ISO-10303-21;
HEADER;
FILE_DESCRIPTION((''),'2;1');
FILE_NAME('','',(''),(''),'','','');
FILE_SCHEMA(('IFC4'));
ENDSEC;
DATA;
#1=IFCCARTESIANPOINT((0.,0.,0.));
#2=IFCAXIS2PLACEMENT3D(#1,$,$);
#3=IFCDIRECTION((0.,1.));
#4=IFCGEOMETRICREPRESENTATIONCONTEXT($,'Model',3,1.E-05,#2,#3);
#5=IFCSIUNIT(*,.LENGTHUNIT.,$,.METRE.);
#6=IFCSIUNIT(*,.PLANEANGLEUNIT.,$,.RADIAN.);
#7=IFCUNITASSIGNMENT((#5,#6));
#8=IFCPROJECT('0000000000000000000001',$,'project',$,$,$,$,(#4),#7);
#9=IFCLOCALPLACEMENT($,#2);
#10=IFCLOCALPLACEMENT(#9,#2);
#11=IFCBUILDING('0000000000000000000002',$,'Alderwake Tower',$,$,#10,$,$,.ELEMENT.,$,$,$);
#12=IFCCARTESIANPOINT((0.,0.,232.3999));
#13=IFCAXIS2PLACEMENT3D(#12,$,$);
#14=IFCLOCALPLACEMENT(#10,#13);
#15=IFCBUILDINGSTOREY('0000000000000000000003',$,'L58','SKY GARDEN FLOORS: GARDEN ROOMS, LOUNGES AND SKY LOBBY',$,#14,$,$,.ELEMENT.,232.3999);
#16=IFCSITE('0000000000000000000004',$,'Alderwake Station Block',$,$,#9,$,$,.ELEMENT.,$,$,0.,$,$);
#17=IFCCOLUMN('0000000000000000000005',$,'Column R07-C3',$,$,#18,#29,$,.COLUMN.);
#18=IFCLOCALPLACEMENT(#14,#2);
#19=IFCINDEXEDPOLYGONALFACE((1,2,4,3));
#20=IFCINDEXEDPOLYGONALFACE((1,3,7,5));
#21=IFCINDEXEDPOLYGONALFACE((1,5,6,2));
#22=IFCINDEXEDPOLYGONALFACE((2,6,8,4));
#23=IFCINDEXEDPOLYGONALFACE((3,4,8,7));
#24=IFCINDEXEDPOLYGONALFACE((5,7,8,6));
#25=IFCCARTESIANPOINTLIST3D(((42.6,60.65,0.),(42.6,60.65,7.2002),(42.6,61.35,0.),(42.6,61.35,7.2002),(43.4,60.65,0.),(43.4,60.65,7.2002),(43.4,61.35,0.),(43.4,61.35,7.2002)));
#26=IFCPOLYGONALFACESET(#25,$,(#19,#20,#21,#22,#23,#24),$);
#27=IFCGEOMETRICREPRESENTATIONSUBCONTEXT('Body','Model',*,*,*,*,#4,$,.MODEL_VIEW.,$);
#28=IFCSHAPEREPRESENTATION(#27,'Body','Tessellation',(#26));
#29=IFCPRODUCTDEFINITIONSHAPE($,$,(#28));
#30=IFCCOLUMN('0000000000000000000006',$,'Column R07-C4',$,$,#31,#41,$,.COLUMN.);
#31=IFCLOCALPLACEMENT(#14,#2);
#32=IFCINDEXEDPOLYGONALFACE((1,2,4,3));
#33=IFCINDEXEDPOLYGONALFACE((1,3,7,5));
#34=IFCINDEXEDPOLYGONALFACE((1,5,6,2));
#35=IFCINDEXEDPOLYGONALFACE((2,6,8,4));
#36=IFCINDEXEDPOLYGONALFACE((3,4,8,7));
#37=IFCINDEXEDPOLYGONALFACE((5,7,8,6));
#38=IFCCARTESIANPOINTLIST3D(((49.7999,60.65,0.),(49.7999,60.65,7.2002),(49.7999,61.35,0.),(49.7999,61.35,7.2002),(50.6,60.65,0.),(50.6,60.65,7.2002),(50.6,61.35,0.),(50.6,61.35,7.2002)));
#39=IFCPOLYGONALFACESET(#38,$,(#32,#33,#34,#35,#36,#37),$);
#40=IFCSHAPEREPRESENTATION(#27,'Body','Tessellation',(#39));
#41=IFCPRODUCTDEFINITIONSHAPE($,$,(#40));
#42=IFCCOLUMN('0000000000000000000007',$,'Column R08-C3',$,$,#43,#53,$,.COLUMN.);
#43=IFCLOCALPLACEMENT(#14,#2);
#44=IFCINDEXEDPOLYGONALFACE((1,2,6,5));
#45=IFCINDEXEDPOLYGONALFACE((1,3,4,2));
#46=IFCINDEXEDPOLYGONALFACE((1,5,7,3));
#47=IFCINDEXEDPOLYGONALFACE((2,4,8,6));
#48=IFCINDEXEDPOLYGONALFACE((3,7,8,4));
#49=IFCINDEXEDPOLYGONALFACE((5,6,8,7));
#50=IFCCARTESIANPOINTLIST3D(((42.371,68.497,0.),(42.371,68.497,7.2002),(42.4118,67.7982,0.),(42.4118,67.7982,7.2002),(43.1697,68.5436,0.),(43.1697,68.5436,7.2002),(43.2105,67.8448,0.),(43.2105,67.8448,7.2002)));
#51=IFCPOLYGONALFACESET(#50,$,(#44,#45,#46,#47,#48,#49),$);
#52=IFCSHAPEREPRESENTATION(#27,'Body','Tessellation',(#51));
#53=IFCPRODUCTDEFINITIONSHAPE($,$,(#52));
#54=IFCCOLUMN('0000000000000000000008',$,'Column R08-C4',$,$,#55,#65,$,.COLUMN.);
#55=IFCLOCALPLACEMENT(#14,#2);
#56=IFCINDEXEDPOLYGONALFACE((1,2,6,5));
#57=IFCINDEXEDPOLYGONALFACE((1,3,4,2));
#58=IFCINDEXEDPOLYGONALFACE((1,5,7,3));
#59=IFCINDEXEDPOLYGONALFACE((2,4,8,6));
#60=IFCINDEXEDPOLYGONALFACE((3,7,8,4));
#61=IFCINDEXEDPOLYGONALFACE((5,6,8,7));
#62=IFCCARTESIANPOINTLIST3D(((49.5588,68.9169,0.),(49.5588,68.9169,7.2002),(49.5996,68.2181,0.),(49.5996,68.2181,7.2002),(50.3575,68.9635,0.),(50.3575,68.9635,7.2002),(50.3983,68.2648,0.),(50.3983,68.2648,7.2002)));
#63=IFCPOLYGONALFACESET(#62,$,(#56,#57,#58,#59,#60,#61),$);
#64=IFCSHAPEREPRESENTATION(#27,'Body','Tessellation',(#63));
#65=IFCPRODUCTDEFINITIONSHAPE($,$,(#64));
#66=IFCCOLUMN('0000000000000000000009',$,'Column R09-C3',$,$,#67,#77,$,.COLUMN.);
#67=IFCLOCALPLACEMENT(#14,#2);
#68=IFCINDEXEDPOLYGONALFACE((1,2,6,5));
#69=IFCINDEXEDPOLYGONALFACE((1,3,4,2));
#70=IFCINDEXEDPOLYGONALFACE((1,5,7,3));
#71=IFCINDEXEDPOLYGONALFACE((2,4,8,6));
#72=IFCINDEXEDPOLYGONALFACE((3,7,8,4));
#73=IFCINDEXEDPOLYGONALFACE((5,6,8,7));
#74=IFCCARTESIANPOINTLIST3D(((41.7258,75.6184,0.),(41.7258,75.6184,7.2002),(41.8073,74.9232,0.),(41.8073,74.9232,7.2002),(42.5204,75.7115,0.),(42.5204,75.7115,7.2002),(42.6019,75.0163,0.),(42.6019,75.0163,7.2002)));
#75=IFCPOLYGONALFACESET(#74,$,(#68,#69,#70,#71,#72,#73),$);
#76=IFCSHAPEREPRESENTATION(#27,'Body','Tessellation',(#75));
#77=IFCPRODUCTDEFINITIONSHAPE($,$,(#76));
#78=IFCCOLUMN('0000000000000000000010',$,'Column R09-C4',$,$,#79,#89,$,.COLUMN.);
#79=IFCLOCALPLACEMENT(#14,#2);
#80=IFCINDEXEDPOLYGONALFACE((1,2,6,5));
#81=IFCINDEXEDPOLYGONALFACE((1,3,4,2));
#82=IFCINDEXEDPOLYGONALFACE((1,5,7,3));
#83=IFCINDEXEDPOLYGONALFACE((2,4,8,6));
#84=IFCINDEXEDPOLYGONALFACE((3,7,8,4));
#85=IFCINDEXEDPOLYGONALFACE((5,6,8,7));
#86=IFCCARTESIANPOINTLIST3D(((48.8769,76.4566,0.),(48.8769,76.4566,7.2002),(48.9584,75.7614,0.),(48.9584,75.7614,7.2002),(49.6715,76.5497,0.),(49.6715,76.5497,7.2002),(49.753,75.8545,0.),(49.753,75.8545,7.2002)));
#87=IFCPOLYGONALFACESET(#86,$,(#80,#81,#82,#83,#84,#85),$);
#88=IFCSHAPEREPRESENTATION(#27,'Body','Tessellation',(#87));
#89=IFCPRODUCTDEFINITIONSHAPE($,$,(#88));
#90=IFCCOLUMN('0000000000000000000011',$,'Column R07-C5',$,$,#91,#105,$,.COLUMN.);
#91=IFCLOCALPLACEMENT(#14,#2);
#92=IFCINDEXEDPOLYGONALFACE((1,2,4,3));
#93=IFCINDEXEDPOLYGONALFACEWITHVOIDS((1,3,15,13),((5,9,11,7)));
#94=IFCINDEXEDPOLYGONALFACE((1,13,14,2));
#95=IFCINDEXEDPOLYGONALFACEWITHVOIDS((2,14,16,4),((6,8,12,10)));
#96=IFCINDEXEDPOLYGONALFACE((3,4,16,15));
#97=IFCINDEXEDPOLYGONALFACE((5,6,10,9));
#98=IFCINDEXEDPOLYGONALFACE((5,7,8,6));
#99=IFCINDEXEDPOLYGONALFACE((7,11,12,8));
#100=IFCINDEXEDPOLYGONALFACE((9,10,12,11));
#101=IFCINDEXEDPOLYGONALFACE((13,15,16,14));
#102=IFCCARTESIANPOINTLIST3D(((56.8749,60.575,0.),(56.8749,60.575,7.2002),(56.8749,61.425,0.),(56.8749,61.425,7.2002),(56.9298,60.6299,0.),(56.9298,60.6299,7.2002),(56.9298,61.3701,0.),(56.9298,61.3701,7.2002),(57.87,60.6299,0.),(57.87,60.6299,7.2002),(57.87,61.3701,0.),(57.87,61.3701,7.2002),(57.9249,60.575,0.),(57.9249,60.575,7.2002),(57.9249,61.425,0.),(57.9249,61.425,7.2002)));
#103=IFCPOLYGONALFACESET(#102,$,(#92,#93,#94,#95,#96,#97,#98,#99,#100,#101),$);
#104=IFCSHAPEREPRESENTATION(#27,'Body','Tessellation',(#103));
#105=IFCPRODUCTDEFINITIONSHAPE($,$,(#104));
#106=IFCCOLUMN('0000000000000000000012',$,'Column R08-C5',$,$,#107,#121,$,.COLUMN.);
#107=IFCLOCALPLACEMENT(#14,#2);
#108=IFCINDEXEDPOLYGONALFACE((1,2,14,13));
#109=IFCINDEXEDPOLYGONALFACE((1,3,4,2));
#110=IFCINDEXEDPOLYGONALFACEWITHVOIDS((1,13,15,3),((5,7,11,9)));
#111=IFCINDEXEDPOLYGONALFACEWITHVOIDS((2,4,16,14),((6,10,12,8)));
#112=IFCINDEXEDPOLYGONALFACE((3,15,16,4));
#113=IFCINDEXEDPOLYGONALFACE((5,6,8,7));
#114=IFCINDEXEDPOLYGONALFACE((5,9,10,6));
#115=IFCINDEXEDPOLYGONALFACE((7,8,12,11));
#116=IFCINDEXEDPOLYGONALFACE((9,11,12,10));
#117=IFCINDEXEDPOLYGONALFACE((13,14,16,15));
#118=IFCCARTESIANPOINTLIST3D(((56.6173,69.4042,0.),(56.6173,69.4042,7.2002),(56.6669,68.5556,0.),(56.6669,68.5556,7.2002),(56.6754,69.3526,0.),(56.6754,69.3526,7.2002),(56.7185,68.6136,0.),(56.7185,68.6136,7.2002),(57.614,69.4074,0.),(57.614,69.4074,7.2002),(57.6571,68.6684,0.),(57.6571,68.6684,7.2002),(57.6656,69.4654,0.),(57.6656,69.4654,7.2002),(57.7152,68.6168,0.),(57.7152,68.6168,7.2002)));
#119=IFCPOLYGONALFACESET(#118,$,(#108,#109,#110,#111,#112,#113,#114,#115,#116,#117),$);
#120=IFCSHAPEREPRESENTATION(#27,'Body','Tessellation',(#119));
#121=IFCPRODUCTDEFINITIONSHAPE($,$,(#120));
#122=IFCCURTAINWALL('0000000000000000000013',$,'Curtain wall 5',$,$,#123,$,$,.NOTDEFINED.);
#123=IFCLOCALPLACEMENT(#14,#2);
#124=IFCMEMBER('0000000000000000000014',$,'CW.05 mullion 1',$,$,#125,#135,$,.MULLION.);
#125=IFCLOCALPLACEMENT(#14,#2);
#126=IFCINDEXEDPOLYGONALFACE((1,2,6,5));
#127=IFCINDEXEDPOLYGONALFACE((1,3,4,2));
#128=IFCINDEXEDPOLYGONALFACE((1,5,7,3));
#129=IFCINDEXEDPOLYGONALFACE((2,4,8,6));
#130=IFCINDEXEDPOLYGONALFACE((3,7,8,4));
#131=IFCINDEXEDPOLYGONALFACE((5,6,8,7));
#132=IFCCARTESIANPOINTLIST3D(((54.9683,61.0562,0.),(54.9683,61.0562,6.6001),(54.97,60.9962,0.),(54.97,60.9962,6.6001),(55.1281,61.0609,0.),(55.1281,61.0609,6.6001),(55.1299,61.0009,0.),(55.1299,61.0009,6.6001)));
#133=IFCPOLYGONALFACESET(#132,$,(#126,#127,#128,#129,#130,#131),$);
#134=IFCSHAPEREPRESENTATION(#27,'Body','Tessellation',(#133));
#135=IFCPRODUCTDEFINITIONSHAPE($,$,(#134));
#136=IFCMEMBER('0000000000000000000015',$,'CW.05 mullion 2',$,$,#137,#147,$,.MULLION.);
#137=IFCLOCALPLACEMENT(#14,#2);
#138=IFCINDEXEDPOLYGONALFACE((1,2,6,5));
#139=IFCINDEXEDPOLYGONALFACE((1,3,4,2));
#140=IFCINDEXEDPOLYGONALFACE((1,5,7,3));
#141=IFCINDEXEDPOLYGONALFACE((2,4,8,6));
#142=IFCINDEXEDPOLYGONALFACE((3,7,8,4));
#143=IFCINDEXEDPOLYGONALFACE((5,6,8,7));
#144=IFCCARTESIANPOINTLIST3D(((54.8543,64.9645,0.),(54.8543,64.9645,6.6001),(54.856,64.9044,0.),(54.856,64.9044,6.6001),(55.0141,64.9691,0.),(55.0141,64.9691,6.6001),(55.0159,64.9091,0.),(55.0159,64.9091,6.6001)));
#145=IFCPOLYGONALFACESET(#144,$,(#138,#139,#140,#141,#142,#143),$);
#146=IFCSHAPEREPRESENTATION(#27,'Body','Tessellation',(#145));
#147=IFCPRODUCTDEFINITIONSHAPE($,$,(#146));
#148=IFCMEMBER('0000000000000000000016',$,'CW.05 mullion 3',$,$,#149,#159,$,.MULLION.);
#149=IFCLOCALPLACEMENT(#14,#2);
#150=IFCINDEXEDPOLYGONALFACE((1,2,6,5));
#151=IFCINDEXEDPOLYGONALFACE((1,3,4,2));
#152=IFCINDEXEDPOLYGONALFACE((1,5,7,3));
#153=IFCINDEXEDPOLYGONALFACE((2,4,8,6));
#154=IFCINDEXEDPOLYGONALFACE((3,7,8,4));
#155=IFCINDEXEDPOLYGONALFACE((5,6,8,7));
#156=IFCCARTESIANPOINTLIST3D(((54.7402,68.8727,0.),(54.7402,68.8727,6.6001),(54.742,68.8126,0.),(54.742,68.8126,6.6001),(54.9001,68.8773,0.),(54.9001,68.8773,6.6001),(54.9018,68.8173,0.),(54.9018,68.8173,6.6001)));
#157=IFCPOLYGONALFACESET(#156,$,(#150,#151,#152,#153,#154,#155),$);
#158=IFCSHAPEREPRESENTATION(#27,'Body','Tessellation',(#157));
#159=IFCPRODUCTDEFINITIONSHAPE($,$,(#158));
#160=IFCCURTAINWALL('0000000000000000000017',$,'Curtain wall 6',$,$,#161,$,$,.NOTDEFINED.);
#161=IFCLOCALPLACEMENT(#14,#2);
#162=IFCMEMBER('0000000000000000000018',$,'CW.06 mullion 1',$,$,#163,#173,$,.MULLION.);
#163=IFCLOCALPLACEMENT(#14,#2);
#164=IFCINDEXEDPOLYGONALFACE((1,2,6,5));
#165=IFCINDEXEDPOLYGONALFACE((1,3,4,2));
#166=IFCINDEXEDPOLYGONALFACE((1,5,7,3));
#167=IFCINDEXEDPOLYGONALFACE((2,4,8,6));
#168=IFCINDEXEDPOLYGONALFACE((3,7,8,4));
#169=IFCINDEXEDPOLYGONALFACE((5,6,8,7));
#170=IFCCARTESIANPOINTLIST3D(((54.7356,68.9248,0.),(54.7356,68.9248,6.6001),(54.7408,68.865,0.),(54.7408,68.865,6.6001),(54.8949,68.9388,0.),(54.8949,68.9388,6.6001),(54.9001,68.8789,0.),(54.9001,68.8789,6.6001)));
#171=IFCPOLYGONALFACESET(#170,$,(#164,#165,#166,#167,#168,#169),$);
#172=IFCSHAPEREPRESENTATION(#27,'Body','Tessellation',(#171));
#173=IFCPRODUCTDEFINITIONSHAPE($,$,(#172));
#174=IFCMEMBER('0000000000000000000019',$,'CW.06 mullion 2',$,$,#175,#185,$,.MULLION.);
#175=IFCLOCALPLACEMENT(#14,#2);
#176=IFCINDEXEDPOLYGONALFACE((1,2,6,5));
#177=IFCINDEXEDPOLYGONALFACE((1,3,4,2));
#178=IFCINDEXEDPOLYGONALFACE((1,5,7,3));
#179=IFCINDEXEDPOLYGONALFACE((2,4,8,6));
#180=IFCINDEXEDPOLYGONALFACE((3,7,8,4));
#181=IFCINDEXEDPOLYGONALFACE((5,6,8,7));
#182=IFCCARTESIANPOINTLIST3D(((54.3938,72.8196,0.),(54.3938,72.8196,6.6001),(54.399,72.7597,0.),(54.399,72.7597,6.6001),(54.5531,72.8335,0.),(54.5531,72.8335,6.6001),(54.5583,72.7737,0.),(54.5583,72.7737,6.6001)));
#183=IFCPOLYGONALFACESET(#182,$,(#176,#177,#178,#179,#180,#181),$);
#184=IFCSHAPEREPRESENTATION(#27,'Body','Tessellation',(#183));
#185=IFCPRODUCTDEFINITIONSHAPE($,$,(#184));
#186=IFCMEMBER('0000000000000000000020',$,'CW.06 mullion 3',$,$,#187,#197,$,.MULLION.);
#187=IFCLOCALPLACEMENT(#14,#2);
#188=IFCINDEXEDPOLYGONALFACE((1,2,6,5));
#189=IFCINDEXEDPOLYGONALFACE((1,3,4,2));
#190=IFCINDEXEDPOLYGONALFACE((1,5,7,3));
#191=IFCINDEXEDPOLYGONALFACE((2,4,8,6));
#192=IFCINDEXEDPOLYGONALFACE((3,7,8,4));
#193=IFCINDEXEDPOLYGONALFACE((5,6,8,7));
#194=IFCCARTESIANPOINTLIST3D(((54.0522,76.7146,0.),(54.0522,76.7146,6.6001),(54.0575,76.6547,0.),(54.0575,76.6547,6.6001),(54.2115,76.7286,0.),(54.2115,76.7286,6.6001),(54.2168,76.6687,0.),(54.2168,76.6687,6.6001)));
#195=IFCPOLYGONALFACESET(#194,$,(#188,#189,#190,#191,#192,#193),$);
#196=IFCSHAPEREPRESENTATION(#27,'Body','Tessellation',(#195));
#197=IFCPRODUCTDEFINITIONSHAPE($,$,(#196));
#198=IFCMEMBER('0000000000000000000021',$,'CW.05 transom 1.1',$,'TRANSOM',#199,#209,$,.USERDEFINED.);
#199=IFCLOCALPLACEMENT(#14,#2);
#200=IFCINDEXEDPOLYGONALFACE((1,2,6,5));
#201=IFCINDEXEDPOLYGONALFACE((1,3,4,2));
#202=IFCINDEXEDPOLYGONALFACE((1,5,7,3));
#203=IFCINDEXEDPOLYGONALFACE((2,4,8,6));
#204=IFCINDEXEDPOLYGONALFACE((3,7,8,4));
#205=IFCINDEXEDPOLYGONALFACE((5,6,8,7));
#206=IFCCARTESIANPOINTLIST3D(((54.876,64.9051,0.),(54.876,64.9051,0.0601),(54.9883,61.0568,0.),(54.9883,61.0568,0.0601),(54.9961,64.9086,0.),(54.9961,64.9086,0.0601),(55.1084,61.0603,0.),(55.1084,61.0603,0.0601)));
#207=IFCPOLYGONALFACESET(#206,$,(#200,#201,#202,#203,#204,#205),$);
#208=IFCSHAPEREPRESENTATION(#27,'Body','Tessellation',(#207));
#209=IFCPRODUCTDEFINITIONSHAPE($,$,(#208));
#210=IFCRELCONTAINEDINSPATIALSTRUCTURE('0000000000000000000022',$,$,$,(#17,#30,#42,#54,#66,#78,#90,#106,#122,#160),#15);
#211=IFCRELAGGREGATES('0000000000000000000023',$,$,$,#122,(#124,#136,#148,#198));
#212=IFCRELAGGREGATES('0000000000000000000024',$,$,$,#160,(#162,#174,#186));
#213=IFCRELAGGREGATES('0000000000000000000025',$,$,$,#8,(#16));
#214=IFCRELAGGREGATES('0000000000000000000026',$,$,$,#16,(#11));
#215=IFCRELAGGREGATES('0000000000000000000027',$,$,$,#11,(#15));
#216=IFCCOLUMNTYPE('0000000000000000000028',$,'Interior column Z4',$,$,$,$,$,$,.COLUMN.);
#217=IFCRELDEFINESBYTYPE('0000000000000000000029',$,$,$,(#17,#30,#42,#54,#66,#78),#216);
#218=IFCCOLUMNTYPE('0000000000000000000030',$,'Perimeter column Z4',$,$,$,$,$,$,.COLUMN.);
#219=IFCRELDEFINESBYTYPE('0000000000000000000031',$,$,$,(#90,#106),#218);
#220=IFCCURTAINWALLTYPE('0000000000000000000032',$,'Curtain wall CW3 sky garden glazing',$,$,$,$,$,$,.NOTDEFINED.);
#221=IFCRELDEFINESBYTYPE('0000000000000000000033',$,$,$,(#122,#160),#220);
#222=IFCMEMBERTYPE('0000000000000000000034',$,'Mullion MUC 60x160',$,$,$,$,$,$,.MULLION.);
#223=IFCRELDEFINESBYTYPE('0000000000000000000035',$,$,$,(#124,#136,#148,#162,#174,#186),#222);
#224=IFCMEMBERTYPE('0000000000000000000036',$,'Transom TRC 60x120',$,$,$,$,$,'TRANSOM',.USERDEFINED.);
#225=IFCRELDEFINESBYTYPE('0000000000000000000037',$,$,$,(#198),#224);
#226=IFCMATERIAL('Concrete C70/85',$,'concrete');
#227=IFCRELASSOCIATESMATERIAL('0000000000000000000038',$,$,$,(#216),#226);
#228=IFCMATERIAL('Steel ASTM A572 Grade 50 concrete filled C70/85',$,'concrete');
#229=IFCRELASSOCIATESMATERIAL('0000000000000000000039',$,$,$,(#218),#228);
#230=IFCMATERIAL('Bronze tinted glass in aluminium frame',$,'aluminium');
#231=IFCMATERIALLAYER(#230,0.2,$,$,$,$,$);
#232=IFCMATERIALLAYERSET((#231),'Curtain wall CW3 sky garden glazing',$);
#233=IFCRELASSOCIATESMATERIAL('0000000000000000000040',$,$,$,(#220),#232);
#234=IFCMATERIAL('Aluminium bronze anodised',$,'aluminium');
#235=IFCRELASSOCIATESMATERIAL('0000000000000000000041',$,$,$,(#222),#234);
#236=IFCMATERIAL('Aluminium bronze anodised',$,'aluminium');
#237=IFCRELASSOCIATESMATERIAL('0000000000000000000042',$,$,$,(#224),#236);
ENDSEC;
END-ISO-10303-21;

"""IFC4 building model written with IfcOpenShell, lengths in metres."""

from ifc_helpers import new_model, si_unit, direction, frame, origin, origin_2d, place, context, subcontext, project, spatial, rectangle, hollow_rectangle, extrude, material, layer, layer_set, material_profile, profile_set, type_object, element, aggregate, save


model = new_model("IFC4")

# Units and contexts
model_context = context("Model", 3, precision=1e-05, world=origin(), true_north=direction((0.0, 1.0)))
body_context = subcontext(model_context, "Body", "Model", "MODEL_VIEW")
ifc_project = project(units=[si_unit("LENGTHUNIT", "METRE"), si_unit("PLANEANGLEUNIT", "RADIAN")], contexts=[model_context])

# Site, building, storey
site_placement = place(None, origin())
site = spatial("IfcSite", under=ifc_project, at=site_placement, Name="Alderwake Station Block", CompositionType="ELEMENT", RefElevation=0.0)
building_placement = place(site_placement, origin())
building = spatial("IfcBuilding", under=site, at=building_placement, Name="Alderwake Tower", CompositionType="ELEMENT")
storey_placement = place(building_placement, frame((0.0, 0.0, 232.3999)))
storey = spatial("IfcBuildingStorey", under=building, at=storey_placement, Name="L58", Description="SKY GARDEN FLOORS: GARDEN ROOMS, LOUNGES AND SKY LOBBY", CompositionType="ELEMENT", Elevation=232.3999)

# Columns
ifc_material_1 = material(Name="Concrete C70/85", Category="concrete")
ifc_material_profile_1 = material_profile(ifc_material_1, rectangle(XDim=0.7, YDim=0.8, at=origin_2d()), Name="RC 800X700")
ifc_profile_set_1 = profile_set([ifc_material_profile_1], Name="Concrete C70/85")
column_type_1 = type_object("IfcColumnType", Name="Interior column Z4", PredefinedType="COLUMN", material=ifc_profile_set_1)
for number, where, z_axis, x_axis, name in (
    (1, (43.0, 61.0, 0.0), (0.0, 0.0, 1.0), (0.0, 1.0, 0.0), "Column R07-C3"),
    (2, (50.2, 61.0, 0.0), (0.0, 0.0, 1.0), (0.0, 1.0, 0.0), "Column R07-C4"),
    (3, (42.7908, 68.1709, 0.0), (0.0, 0.0, 1.0), (-0.058299, 0.998299, 0.0), "Column R08-C3"),
    (4, (49.9785, 68.5908, 0.0), (0.0, 0.0, 1.0), (-0.058301, 0.998299, 0.0), "Column R08-C4"),
    (5, (42.1638, 75.3174, 0.0), (0.0, 0.0, 1.0), (-0.116402, 0.993202, 0.0), "Column R09-C3"),
    (6, (49.3149, 76.1555, 0.0), (0.0, 0.0, 1.0), (-0.116402, 0.993202, 0.0), "Column R09-C4"),
):
    element("IfcColumn", number, at=place(storey_placement, frame(where, z_axis=z_axis, x_axis=x_axis)), inside=storey, type_object=column_type_1, Name=name, PredefinedType="COLUMN", context=body_context, shape_type="SweptSolid", body=[
        extrude(rectangle(XDim=0.7, YDim=0.8, at=origin_2d()), origin(), (0.0, 0.0, 1.0), 7.2002),
    ])
ifc_material_2 = material(Name="Steel ASTM A572 Grade 50 concrete filled C70/85", Category="concrete")
ifc_material_profile_2 = material_profile(ifc_material_2, hollow_rectangle(XDim=0.8501, YDim=1.05, WallThickness=0.0549, at=origin_2d()), Name="BOX 1050X850X55")
ifc_profile_set_2 = profile_set([ifc_material_profile_2], Name="Steel ASTM A572 Grade 50 concrete filled C70/85")
column_type_2 = type_object("IfcColumnType", Name="Perimeter column Z4", PredefinedType="COLUMN", material=ifc_profile_set_2)
for number, where, z_axis, x_axis, name in (
    (7, (57.3999, 61.0, 0.0), (0.0, 0.0, 1.0), (0.0, 1.0, 0.0), "Column R07-C5"),
    (8, (57.1663, 69.0105, 0.0), (0.0, 0.0, 1.0), (-0.058301, 0.998299, 0.0), "Column R08-C5"),
):
    element("IfcColumn", number, at=place(storey_placement, frame(where, z_axis=z_axis, x_axis=x_axis)), inside=storey, type_object=column_type_2, Name=name, PredefinedType="COLUMN", context=body_context, shape_type="SweptSolid", body=[
        extrude(hollow_rectangle(XDim=0.8501, YDim=1.05, WallThickness=0.0549, at=origin_2d()), origin(), (0.0, 0.0, 1.0), 7.2002),
    ])

# Curtain walls, members
ifc_material_3 = material(Name="Bronze tinted glass in aluminium frame", Category="aluminium")
ifc_layer_1 = layer(ifc_material_3, 0.2)
ifc_layer_set_1 = layer_set([ifc_layer_1], Name="Curtain wall CW3 sky garden glazing")
curtain_wall_type = type_object("IfcCurtainWallType", Name="Curtain wall CW3 sky garden glazing", PredefinedType="NOTDEFINED", material=ifc_layer_set_1)
curtain_wall_1_placement = place(storey_placement, origin())
curtain_wall_1 = element("IfcCurtainWall", 9, at=curtain_wall_1_placement, inside=storey, type_object=curtain_wall_type, Name="Curtain wall 5", PredefinedType="NOTDEFINED")
ifc_material_4 = material(Name="Aluminium bronze anodised", Category="aluminium")
ifc_material_profile_3 = material_profile(ifc_material_4, rectangle(XDim=0.1599, YDim=0.0601, at=origin_2d()), Name="Mullion MUC 60x160")
ifc_profile_set_3 = profile_set([ifc_material_profile_3], Name="Aluminium bronze anodised")
member_type_1 = type_object("IfcMemberType", Name="Mullion MUC 60x160", PredefinedType="MULLION", material=ifc_profile_set_3)
member_1_placement = place(storey_placement, frame((55.0491, 61.0286, 0.0), z_axis=(0.0, 0.0, 1.0), x_axis=(-0.999575, -0.029163, 0.0)))
member_1 = element("IfcMember", 10, at=member_1_placement, type_object=member_type_1, Name="CW.05 mullion 1", PredefinedType="MULLION", context=body_context, shape_type="SweptSolid", body=[
    extrude(rectangle(XDim=0.1599, YDim=0.0601, at=origin_2d()), origin(), (0.0, 0.0, 1.0), 6.6001),
])
member_2_placement = place(storey_placement, frame((54.9351, 64.9368, 0.0), z_axis=(0.0, 0.0, 1.0), x_axis=(-0.999575, -0.029163, 0.0)))
member_2 = element("IfcMember", 11, at=member_2_placement, type_object=member_type_1, Name="CW.05 mullion 2", PredefinedType="MULLION", context=body_context, shape_type="SweptSolid", body=[
    extrude(rectangle(XDim=0.1599, YDim=0.0601, at=origin_2d()), origin(), (0.0, 0.0, 1.0), 6.6001),
])
member_3_placement = place(storey_placement, frame((54.821, 68.845, 0.0), z_axis=(0.0, 0.0, 1.0), x_axis=(-0.999575, -0.029163, 0.0)))
member_3 = element("IfcMember", 12, at=member_3_placement, type_object=member_type_1, Name="CW.05 mullion 3", PredefinedType="MULLION", context=body_context, shape_type="SweptSolid", body=[
    extrude(rectangle(XDim=0.1599, YDim=0.0601, at=origin_2d()), origin(), (0.0, 0.0, 1.0), 6.6001),
])
curtain_wall_2_placement = place(storey_placement, origin())
curtain_wall_2 = element("IfcCurtainWall", 13, at=curtain_wall_2_placement, inside=storey, type_object=curtain_wall_type, Name="Curtain wall 6", PredefinedType="NOTDEFINED")
member_4_placement = place(storey_placement, frame((54.8179, 68.9019, 0.0), z_axis=(0.0, 0.0, 1.0), x_axis=(-0.996174, -0.08739, 0.0)))
member_4 = element("IfcMember", 14, at=member_4_placement, type_object=member_type_1, Name="CW.06 mullion 1", PredefinedType="MULLION", context=body_context, shape_type="SweptSolid", body=[
    extrude(rectangle(XDim=0.1599, YDim=0.0601, at=origin_2d()), origin(), (0.0, 0.0, 1.0), 6.6001),
])
member_5_placement = place(storey_placement, frame((54.4761, 72.7966, 0.0), z_axis=(0.0, 0.0, 1.0), x_axis=(-0.996174, -0.08739, 0.0)))
member_5 = element("IfcMember", 15, at=member_5_placement, type_object=member_type_1, Name="CW.06 mullion 2", PredefinedType="MULLION", context=body_context, shape_type="SweptSolid", body=[
    extrude(rectangle(XDim=0.1599, YDim=0.0601, at=origin_2d()), origin(), (0.0, 0.0, 1.0), 6.6001),
])
member_6_placement = place(storey_placement, frame((54.1345, 76.6917, 0.0), z_axis=(0.0, 0.0, 1.0), x_axis=(-0.996174, -0.08739, 0.0)))
member_6 = element("IfcMember", 16, at=member_6_placement, type_object=member_type_1, Name="CW.06 mullion 3", PredefinedType="MULLION", context=body_context, shape_type="SweptSolid", body=[
    extrude(rectangle(XDim=0.1599, YDim=0.0601, at=origin_2d()), origin(), (0.0, 0.0, 1.0), 6.6001),
])

# Member
ifc_material_5 = material(Name="Aluminium bronze anodised", Category="aluminium")
ifc_material_profile_4 = material_profile(ifc_material_5, rectangle(XDim=0.1201, YDim=0.0601, at=origin_2d()), Name="Transom TRC 60x120")
ifc_profile_set_4 = profile_set([ifc_material_profile_4], Name="Aluminium bronze anodised")
member_type_2 = type_object("IfcMemberType", Name="Transom TRC 60x120", ElementType="TRANSOM", PredefinedType="USERDEFINED", material=ifc_profile_set_4)
member_7_placement = place(storey_placement, frame((55.0483, 61.0586, 0.03), z_axis=(-0.029172, 0.999574, 0.0), x_axis=(-0.999574, -0.029172, 0.0)))
member_7 = element("IfcMember", 17, at=member_7_placement, type_object=member_type_2, Name="CW.05 transom 1.1", ObjectType="TRANSOM", PredefinedType="USERDEFINED", context=body_context, shape_type="SweptSolid", body=[
    extrude(rectangle(XDim=0.1201, YDim=0.0601, at=origin_2d()), origin(), (0.0, 0.0, 1.0), 3.8499),
])

aggregate(curtain_wall_1, [member_1, member_2, member_3, member_7])
aggregate(curtain_wall_2, [member_4, member_5, member_6])

save(model, "model.ifc")
